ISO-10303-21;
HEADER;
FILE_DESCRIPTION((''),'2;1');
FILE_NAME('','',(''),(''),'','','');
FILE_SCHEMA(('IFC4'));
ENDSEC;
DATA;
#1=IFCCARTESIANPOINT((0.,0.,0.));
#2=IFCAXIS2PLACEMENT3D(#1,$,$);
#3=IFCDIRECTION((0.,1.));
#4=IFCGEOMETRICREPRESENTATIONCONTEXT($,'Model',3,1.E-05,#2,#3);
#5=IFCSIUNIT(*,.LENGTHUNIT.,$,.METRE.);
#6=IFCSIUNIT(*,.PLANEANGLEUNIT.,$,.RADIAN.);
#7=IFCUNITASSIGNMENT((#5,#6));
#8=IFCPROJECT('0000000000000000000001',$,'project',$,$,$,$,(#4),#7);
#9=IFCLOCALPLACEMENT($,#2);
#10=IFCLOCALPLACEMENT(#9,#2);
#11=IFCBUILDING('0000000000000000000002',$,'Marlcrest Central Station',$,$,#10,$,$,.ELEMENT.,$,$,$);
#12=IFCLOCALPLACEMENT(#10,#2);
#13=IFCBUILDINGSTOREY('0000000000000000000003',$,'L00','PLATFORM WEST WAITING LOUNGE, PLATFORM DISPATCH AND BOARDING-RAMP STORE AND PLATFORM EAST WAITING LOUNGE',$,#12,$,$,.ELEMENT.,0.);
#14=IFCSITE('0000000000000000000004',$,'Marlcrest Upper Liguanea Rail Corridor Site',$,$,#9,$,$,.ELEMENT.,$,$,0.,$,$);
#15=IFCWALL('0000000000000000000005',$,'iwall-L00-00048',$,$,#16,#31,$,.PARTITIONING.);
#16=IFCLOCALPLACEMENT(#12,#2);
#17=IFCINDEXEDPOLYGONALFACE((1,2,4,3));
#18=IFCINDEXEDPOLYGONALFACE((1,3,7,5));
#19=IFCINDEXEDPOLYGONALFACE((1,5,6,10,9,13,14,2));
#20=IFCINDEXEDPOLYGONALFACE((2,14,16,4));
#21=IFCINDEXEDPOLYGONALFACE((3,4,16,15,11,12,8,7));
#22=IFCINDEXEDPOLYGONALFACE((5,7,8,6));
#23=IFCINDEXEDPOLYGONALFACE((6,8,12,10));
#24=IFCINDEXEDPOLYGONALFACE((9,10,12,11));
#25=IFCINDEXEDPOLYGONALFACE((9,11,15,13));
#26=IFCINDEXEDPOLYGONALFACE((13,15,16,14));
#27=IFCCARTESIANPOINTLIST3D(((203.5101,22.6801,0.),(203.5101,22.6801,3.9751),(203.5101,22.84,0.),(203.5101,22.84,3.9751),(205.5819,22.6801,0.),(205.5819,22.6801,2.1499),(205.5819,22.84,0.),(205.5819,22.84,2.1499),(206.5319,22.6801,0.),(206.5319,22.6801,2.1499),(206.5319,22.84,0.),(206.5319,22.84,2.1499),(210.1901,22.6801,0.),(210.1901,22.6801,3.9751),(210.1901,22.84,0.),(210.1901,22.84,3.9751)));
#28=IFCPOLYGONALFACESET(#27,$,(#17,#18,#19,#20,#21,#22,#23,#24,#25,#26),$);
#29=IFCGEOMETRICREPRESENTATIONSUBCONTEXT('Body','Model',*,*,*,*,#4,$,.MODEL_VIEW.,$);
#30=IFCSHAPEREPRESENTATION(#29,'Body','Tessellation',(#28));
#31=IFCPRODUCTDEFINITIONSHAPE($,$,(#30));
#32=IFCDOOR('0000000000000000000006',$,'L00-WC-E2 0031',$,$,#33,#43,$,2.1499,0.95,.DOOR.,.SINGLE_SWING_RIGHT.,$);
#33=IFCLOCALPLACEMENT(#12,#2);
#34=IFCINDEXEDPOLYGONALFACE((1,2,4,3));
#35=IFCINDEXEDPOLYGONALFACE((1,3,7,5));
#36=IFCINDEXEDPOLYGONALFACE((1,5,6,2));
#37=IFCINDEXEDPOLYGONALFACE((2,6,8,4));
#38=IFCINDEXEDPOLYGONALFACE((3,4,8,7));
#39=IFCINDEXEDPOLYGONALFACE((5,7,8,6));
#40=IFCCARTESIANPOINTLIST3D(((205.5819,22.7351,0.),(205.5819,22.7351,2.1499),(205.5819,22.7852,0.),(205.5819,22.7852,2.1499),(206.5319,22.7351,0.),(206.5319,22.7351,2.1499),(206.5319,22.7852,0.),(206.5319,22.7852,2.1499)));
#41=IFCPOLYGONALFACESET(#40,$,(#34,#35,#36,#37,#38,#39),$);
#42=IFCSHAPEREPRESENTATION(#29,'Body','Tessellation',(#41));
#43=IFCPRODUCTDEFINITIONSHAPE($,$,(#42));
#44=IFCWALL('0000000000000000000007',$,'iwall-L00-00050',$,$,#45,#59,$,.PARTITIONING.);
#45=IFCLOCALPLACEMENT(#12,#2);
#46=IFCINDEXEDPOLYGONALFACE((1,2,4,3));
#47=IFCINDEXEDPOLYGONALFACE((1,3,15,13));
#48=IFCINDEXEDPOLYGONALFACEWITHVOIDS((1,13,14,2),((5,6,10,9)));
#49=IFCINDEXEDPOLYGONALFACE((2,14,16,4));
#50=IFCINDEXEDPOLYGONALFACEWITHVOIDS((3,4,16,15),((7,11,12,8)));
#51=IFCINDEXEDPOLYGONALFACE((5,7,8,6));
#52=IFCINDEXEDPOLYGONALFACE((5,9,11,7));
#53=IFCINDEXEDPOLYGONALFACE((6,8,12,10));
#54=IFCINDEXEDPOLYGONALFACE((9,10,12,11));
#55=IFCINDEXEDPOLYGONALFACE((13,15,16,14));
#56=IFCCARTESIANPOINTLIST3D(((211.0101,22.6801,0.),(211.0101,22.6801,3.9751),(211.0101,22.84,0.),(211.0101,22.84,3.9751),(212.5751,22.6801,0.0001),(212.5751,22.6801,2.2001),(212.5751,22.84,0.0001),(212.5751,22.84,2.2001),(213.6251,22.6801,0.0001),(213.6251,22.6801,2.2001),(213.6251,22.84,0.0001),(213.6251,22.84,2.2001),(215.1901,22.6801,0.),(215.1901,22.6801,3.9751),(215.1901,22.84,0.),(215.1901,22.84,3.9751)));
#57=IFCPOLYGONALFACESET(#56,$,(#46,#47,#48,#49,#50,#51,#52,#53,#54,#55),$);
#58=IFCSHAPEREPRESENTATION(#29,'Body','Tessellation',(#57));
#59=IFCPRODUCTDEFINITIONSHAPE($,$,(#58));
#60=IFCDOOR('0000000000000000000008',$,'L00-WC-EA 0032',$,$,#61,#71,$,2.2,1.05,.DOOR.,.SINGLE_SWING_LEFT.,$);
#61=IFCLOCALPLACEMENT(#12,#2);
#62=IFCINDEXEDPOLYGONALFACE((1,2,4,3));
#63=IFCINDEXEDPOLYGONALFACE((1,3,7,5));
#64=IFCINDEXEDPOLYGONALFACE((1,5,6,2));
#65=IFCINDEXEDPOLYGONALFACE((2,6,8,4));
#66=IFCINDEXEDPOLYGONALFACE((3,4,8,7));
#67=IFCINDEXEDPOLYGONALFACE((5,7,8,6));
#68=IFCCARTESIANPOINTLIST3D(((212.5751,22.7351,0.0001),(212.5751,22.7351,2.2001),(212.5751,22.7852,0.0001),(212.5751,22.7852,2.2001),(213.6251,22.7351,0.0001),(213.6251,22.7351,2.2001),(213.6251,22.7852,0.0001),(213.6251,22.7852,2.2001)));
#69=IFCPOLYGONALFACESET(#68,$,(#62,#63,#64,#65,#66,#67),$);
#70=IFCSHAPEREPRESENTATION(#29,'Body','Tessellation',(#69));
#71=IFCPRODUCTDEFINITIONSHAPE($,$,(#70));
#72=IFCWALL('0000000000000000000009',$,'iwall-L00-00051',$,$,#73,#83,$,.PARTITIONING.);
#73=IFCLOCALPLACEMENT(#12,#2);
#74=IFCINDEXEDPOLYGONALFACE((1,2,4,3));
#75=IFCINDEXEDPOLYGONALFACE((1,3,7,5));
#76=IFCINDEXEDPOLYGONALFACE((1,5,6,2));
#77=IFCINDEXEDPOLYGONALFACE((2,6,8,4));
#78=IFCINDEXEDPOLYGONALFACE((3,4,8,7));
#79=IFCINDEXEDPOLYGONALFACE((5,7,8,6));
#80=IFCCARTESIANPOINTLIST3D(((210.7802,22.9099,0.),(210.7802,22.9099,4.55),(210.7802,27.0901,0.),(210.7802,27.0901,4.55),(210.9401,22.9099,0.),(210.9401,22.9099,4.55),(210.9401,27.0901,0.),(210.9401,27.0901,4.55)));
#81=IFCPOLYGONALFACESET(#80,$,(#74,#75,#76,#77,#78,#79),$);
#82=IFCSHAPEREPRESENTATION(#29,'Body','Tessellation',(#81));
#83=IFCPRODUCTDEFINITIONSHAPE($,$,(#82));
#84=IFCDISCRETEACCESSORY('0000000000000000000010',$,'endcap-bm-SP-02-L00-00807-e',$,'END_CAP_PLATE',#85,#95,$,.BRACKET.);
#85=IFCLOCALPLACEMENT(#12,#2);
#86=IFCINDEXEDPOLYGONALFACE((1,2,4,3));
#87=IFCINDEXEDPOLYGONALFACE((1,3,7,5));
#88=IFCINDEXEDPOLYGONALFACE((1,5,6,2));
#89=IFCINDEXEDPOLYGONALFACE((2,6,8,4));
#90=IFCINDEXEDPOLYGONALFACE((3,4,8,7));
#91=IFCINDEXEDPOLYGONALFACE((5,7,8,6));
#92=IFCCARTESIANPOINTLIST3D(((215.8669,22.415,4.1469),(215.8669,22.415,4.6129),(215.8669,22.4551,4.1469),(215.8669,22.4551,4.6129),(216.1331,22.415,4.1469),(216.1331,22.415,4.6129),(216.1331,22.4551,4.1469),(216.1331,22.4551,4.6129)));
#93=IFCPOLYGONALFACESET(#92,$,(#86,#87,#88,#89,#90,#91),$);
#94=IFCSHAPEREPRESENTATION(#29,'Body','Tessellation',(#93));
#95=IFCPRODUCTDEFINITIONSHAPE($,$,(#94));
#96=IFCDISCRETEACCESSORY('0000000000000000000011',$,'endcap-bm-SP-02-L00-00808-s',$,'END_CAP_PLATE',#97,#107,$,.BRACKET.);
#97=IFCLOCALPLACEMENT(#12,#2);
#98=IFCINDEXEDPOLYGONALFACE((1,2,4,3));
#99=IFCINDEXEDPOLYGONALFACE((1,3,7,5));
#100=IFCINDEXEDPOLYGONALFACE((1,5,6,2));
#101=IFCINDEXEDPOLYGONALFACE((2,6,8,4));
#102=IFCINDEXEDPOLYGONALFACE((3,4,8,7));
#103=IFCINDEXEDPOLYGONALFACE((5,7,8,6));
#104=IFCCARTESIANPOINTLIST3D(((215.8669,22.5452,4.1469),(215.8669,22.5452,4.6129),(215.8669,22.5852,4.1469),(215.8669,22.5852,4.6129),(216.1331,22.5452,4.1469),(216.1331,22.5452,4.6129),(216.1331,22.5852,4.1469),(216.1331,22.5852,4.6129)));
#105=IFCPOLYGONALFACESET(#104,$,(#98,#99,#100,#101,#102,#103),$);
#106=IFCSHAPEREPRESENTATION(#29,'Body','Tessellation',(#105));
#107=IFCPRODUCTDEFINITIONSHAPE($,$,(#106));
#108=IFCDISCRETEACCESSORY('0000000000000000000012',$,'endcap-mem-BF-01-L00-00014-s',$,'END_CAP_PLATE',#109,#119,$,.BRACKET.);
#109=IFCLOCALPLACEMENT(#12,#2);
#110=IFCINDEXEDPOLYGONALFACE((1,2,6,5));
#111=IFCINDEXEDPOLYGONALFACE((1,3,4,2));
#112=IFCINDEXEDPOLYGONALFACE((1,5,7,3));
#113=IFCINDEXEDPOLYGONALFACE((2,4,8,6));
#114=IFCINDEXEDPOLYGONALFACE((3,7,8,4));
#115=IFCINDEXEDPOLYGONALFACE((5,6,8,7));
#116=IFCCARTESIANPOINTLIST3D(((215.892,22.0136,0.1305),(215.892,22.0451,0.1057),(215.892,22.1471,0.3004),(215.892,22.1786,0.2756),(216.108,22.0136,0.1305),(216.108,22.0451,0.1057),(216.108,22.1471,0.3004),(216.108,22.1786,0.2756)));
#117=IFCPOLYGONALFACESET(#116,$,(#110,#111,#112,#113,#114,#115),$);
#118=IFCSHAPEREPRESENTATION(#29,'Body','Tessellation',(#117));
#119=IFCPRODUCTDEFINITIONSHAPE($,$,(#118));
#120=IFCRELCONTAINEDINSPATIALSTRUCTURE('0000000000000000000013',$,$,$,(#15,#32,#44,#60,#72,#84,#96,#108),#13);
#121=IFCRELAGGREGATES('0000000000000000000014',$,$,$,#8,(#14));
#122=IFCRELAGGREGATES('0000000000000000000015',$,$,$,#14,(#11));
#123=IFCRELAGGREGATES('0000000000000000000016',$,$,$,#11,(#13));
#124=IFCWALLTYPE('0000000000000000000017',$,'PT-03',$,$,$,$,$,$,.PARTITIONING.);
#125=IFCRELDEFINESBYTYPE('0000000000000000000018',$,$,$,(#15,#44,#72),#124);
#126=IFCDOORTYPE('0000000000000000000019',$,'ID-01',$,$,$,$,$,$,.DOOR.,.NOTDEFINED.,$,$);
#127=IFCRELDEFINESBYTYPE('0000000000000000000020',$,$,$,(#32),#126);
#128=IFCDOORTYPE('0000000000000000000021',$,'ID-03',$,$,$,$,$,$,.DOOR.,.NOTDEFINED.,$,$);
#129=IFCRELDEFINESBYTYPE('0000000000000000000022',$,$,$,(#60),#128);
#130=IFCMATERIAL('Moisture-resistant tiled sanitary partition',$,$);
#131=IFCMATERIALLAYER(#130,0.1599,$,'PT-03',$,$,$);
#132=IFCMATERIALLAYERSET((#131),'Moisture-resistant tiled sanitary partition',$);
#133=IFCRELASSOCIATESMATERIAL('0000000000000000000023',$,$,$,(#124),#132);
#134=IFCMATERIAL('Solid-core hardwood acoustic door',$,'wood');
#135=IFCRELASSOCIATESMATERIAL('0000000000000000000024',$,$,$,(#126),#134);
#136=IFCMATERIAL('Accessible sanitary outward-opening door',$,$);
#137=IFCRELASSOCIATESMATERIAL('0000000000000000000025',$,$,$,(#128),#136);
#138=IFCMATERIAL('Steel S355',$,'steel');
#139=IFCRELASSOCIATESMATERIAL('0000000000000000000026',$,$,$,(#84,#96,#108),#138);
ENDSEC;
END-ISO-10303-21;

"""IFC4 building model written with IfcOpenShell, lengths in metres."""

from ifc_helpers import new_model, si_unit, direction, frame, frame_2d, origin, origin_2d, place, context, subcontext, project, spatial, rectangle, extrude, material, layer, layer_set, type_object, element, fill, save


model = new_model("IFC4")

# Units and contexts
model_context = context("Model", 3, precision=1e-05, world=origin(), true_north=direction((0.0, 1.0)))
body_context = subcontext(model_context, "Body", "Model", "MODEL_VIEW")
ifc_project = project(units=[si_unit("LENGTHUNIT", "METRE"), si_unit("PLANEANGLEUNIT", "RADIAN")], contexts=[model_context])

# Site, building, storey
site_placement = place(None, origin())
site = spatial("IfcSite", under=ifc_project, at=site_placement, Name="Marlcrest Upper Liguanea Rail Corridor Site", CompositionType="ELEMENT", RefElevation=0.0)
building_placement = place(site_placement, origin())
building = spatial("IfcBuilding", under=site, at=building_placement, Name="Marlcrest Central Station", CompositionType="ELEMENT")
storey_placement = place(building_placement, origin())
storey = spatial("IfcBuildingStorey", under=building, at=storey_placement, Name="L00", Description="PLATFORM WEST WAITING LOUNGE, PLATFORM DISPATCH AND BOARDING-RAMP STORE AND PLATFORM EAST WAITING LOUNGE", CompositionType="ELEMENT", Elevation=0.0)

# Shared definitions
ifc_material_1 = material(Name="Steel S355", Category="steel")

# Walls, openings, doors
ifc_material_2 = material(Name="Moisture-resistant tiled sanitary partition")
ifc_layer_1 = layer(ifc_material_2, 0.1599, Name="PT-03")
ifc_layer_set_1 = layer_set([ifc_layer_1], Name="Moisture-resistant tiled sanitary partition")
wall_type_1 = type_object("IfcWallType", Name="PT-03", PredefinedType="PARTITIONING", material=ifc_layer_set_1)
wall_1_placement = place(storey_placement, frame((210.1899, 22.76, 0.0), z_axis=(0.0, 0.0, 1.0), x_axis=(-1.0, 0.0, 0.0)))
wall_1 = element("IfcWall", 1, at=wall_1_placement, inside=storey, type_object=wall_type_1, Name="iwall-L00-00048", PredefinedType="PARTITIONING", context=body_context, shape_type="SweptSolid", body=[
    extrude(rectangle(XDim=6.6799, YDim=0.1599, at=frame_2d((3.3398, 0.0))), origin(), (0.0, 0.0, 1.0), 3.9751),
])
opening_1_placement = place(wall_1_placement, frame((3.658, 0.0, 0.0)))
opening_1 = element("IfcOpeningElement", 2, at=opening_1_placement, cuts=wall_1, PredefinedType="OPENING", context=body_context, shape_type="SweptSolid", body=[
    extrude(rectangle(XDim=0.95, YDim=2.1499, at=frame_2d((0.4751, 1.075))), frame((0.0, 0.0898, 0.0), z_axis=(0.0, -1.0, 0.0), x_axis=(1.0, 0.0, 0.0)), (0.0, 0.0, 1.0), 0.1799),
])
ifc_material_3 = material(Name="Solid-core hardwood acoustic door", Category="wood")
door_type_1 = type_object("IfcDoorType", Name="ID-01", OperationType="NOTDEFINED", PredefinedType="DOOR", material=ifc_material_3)
door_1_placement = place(opening_1_placement, origin())
door_1 = element("IfcDoor", 3, at=door_1_placement, inside=storey, type_object=door_type_1, Name="L00-WC-E2 0031", OperationType="SINGLE_SWING_RIGHT", OverallHeight=2.1499, OverallWidth=0.95, PredefinedType="DOOR", context=body_context, shape_type="SweptSolid", body=[
    extrude(rectangle(XDim=0.95, YDim=2.1499, at=frame_2d((0.4751, 1.075))), frame((0.0, 0.0249, 0.0), z_axis=(0.0, -1.0, 0.0), x_axis=(1.0, 0.0, 0.0)), (0.0, 0.0, 1.0), 0.05),
])
fill(opening_1, door_1)
wall_2_placement = place(storey_placement, frame((215.1899, 22.76, 0.0), z_axis=(0.0, 0.0, 1.0), x_axis=(-1.0, 0.0, 0.0)))
wall_2 = element("IfcWall", 4, at=wall_2_placement, inside=storey, type_object=wall_type_1, Name="iwall-L00-00050", PredefinedType="PARTITIONING", context=body_context, shape_type="SweptSolid", body=[
    extrude(rectangle(XDim=4.1799, YDim=0.1599, at=frame_2d((2.0898, 0.0))), origin(), (0.0, 0.0, 1.0), 3.9751),
])
opening_2_placement = place(wall_2_placement, frame((1.5649, 0.0, 0.0)))
opening_2 = element("IfcOpeningElement", 5, at=opening_2_placement, cuts=wall_2, PredefinedType="OPENING", context=body_context, shape_type="SweptSolid", body=[
    extrude(rectangle(XDim=1.05, YDim=2.2, at=frame_2d((0.5249, 1.1001))), frame((0.0, 0.0898, 0.0), z_axis=(0.0, -1.0, 0.0), x_axis=(1.0, 0.0, 0.0)), (0.0, 0.0, 1.0), 0.1799),
])
ifc_material_4 = material(Name="Accessible sanitary outward-opening door")
door_type_2 = type_object("IfcDoorType", Name="ID-03", OperationType="NOTDEFINED", PredefinedType="DOOR", material=ifc_material_4)
door_2_placement = place(opening_2_placement, origin())
door_2 = element("IfcDoor", 6, at=door_2_placement, inside=storey, type_object=door_type_2, Name="L00-WC-EA 0032", OperationType="SINGLE_SWING_LEFT", OverallHeight=2.2, OverallWidth=1.05, PredefinedType="DOOR", context=body_context, shape_type="SweptSolid", body=[
    extrude(rectangle(XDim=1.05, YDim=2.2, at=frame_2d((0.5249, 1.1001))), frame((0.0, 0.0249, 0.0), z_axis=(0.0, -1.0, 0.0), x_axis=(1.0, 0.0, 0.0)), (0.0, 0.0, 1.0), 0.05),
])
fill(opening_2, door_2)

# Wall
wall_3_placement = place(storey_placement, frame((210.8601, 22.9099, 0.0), z_axis=(0.0, 0.0, 1.0), x_axis=(0.0, 1.0, 0.0)))
element("IfcWall", 7, at=wall_3_placement, inside=storey, type_object=wall_type_1, Name="iwall-L00-00051", PredefinedType="PARTITIONING", context=body_context, shape_type="SweptSolid", body=[
    extrude(rectangle(XDim=4.1802, YDim=0.1599, at=frame_2d((2.0901, 0.0))), origin(), (0.0, 0.0, 1.0), 4.55),
])

# Discrete accessories
for number, where, z_axis, x_axis, name in (
    (8, (216.0, 22.415, 4.3799), (0.0, 1.0, 0.0), (-1.0, 0.0, 0.0), "endcap-bm-SP-02-L00-00807-e"),
    (9, (216.0, 22.5452, 4.3799), (0.0, 1.0, 0.0), (-1.0, 0.0, 0.0), "endcap-bm-SP-02-L00-00808-s"),
):
    element("IfcDiscreteAccessory", number, at=place(storey_placement, frame(where, z_axis=z_axis, x_axis=x_axis)), inside=storey, material=ifc_material_1, Name=name, ObjectType="END_CAP_PLATE", PredefinedType="BRACKET", context=body_context, shape_type="SweptSolid", body=[
        extrude(rectangle(XDim=0.2661, YDim=0.4661, at=origin_2d()), origin(), (0.0, 0.0, 1.0), 0.04),
    ])
discrete_accessory_placement = place(storey_placement, frame((216.0, 22.1118, 0.1907), z_axis=(0.0, -0.786216, 0.617951), x_axis=(1.0, 0.0, 0.0)))
element("IfcDiscreteAccessory", 10, at=discrete_accessory_placement, inside=storey, material=ifc_material_1, Name="endcap-mem-BF-01-L00-00014-s", ObjectType="END_CAP_PLATE", PredefinedType="BRACKET", context=body_context, shape_type="SweptSolid", body=[
    extrude(rectangle(XDim=0.2161, YDim=0.2161, at=origin_2d()), origin(), (0.0, 0.0, 1.0), 0.04),
])

save(model, "model.ifc")
